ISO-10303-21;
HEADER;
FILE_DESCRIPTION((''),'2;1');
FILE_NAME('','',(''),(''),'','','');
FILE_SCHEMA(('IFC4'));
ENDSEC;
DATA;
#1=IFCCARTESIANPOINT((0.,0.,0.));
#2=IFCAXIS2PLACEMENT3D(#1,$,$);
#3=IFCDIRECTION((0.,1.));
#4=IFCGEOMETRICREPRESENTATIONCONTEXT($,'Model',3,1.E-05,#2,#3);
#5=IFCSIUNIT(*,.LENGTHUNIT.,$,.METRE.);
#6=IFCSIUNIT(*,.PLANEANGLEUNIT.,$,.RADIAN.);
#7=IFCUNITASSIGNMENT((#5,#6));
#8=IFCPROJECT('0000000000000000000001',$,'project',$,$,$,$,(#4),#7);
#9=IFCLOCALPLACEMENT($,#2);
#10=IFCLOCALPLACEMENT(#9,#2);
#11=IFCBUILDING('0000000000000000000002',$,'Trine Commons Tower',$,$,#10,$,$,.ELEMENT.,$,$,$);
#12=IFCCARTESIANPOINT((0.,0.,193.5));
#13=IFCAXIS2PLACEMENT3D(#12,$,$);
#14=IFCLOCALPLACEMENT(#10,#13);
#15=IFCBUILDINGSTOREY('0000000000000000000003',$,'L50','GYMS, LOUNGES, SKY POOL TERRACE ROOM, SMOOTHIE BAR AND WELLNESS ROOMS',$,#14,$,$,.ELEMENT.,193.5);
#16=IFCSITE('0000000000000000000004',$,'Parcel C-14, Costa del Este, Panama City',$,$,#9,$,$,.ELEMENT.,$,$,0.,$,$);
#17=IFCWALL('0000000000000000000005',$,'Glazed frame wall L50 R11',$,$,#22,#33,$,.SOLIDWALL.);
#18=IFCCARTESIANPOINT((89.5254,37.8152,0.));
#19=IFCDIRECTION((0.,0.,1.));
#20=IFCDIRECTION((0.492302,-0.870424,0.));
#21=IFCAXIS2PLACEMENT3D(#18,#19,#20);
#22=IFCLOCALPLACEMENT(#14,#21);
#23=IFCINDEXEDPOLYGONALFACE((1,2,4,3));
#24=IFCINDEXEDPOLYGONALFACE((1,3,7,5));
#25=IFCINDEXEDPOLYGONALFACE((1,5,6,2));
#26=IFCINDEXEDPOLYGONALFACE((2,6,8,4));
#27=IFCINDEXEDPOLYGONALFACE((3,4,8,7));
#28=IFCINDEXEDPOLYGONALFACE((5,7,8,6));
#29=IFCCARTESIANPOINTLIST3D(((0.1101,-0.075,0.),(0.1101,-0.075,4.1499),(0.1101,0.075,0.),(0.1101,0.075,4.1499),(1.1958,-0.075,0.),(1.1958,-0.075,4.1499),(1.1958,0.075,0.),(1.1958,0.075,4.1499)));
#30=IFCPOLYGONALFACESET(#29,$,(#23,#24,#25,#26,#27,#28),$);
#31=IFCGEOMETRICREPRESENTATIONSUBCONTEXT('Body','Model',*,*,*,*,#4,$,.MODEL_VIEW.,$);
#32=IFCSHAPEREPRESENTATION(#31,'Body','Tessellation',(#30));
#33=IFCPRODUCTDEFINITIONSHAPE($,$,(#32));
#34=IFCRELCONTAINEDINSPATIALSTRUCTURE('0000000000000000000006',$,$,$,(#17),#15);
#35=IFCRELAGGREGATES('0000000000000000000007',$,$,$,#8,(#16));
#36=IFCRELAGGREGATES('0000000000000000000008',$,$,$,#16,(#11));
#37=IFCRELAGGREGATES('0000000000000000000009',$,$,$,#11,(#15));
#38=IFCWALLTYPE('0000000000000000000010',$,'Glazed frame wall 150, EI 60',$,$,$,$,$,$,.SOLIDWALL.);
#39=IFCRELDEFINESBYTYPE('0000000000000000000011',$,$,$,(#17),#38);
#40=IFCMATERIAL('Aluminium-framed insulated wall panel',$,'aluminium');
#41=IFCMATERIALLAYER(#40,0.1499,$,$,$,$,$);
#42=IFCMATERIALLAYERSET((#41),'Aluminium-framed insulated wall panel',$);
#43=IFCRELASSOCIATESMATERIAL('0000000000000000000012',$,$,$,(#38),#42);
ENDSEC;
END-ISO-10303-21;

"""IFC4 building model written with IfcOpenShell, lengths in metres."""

from ifc_helpers import new_model, si_unit, direction, frame, origin, place, context, subcontext, project, spatial, polyline, outline, extrude, material, layer, layer_set, type_object, element, save


model = new_model("IFC4")

# Units and contexts
model_context = context("Model", 3, precision=1e-05, world=origin(), true_north=direction((0.0, 1.0)))
body_context = subcontext(model_context, "Body", "Model", "MODEL_VIEW")
ifc_project = project(units=[si_unit("LENGTHUNIT", "METRE"), si_unit("PLANEANGLEUNIT", "RADIAN")], contexts=[model_context])

# Site, building, storey
site_placement = place(None, origin())
site = spatial("IfcSite", under=ifc_project, at=site_placement, Name="Parcel C-14, Costa del Este, Panama City", CompositionType="ELEMENT", RefElevation=0.0)
building_placement = place(site_placement, origin())
building = spatial("IfcBuilding", under=site, at=building_placement, Name="Trine Commons Tower", CompositionType="ELEMENT")
storey_placement = place(building_placement, frame((0.0, 0.0, 193.5)))
storey = spatial("IfcBuildingStorey", under=building, at=storey_placement, Name="L50", Description="GYMS, LOUNGES, SKY POOL TERRACE ROOM, SMOOTHIE BAR AND WELLNESS ROOMS", CompositionType="ELEMENT", Elevation=193.5)

# Wall
ifc_material_1 = material(Name="Aluminium-framed insulated wall panel", Category="aluminium")
ifc_layer_1 = layer(ifc_material_1, 0.1499)
ifc_layer_set_1 = layer_set([ifc_layer_1], Name="Aluminium-framed insulated wall panel")
wall_type_1 = type_object("IfcWallType", Name="Glazed frame wall 150, EI 60", PredefinedType="SOLIDWALL", material=ifc_layer_set_1)
wall_1_placement = place(storey_placement, frame((89.5254, 37.8152, 0.0), z_axis=(0.0, 0.0, 1.0), x_axis=(0.492302, -0.870424, 0.0)))
element("IfcWall", 1, at=wall_1_placement, inside=storey, type_object=wall_type_1, Name="Glazed frame wall L50 R11", PredefinedType="SOLIDWALL", context=body_context, shape_type="SweptSolid", body=[
    extrude(outline(polyline([(0.1101, 0.075), (0.1101, -0.075), (1.1958, -0.075), (1.1958, 0.075), (0.1101, 0.075)])), origin(), (0.0, 0.0, 1.0), 4.1499),
])

save(model, "model.ifc")
